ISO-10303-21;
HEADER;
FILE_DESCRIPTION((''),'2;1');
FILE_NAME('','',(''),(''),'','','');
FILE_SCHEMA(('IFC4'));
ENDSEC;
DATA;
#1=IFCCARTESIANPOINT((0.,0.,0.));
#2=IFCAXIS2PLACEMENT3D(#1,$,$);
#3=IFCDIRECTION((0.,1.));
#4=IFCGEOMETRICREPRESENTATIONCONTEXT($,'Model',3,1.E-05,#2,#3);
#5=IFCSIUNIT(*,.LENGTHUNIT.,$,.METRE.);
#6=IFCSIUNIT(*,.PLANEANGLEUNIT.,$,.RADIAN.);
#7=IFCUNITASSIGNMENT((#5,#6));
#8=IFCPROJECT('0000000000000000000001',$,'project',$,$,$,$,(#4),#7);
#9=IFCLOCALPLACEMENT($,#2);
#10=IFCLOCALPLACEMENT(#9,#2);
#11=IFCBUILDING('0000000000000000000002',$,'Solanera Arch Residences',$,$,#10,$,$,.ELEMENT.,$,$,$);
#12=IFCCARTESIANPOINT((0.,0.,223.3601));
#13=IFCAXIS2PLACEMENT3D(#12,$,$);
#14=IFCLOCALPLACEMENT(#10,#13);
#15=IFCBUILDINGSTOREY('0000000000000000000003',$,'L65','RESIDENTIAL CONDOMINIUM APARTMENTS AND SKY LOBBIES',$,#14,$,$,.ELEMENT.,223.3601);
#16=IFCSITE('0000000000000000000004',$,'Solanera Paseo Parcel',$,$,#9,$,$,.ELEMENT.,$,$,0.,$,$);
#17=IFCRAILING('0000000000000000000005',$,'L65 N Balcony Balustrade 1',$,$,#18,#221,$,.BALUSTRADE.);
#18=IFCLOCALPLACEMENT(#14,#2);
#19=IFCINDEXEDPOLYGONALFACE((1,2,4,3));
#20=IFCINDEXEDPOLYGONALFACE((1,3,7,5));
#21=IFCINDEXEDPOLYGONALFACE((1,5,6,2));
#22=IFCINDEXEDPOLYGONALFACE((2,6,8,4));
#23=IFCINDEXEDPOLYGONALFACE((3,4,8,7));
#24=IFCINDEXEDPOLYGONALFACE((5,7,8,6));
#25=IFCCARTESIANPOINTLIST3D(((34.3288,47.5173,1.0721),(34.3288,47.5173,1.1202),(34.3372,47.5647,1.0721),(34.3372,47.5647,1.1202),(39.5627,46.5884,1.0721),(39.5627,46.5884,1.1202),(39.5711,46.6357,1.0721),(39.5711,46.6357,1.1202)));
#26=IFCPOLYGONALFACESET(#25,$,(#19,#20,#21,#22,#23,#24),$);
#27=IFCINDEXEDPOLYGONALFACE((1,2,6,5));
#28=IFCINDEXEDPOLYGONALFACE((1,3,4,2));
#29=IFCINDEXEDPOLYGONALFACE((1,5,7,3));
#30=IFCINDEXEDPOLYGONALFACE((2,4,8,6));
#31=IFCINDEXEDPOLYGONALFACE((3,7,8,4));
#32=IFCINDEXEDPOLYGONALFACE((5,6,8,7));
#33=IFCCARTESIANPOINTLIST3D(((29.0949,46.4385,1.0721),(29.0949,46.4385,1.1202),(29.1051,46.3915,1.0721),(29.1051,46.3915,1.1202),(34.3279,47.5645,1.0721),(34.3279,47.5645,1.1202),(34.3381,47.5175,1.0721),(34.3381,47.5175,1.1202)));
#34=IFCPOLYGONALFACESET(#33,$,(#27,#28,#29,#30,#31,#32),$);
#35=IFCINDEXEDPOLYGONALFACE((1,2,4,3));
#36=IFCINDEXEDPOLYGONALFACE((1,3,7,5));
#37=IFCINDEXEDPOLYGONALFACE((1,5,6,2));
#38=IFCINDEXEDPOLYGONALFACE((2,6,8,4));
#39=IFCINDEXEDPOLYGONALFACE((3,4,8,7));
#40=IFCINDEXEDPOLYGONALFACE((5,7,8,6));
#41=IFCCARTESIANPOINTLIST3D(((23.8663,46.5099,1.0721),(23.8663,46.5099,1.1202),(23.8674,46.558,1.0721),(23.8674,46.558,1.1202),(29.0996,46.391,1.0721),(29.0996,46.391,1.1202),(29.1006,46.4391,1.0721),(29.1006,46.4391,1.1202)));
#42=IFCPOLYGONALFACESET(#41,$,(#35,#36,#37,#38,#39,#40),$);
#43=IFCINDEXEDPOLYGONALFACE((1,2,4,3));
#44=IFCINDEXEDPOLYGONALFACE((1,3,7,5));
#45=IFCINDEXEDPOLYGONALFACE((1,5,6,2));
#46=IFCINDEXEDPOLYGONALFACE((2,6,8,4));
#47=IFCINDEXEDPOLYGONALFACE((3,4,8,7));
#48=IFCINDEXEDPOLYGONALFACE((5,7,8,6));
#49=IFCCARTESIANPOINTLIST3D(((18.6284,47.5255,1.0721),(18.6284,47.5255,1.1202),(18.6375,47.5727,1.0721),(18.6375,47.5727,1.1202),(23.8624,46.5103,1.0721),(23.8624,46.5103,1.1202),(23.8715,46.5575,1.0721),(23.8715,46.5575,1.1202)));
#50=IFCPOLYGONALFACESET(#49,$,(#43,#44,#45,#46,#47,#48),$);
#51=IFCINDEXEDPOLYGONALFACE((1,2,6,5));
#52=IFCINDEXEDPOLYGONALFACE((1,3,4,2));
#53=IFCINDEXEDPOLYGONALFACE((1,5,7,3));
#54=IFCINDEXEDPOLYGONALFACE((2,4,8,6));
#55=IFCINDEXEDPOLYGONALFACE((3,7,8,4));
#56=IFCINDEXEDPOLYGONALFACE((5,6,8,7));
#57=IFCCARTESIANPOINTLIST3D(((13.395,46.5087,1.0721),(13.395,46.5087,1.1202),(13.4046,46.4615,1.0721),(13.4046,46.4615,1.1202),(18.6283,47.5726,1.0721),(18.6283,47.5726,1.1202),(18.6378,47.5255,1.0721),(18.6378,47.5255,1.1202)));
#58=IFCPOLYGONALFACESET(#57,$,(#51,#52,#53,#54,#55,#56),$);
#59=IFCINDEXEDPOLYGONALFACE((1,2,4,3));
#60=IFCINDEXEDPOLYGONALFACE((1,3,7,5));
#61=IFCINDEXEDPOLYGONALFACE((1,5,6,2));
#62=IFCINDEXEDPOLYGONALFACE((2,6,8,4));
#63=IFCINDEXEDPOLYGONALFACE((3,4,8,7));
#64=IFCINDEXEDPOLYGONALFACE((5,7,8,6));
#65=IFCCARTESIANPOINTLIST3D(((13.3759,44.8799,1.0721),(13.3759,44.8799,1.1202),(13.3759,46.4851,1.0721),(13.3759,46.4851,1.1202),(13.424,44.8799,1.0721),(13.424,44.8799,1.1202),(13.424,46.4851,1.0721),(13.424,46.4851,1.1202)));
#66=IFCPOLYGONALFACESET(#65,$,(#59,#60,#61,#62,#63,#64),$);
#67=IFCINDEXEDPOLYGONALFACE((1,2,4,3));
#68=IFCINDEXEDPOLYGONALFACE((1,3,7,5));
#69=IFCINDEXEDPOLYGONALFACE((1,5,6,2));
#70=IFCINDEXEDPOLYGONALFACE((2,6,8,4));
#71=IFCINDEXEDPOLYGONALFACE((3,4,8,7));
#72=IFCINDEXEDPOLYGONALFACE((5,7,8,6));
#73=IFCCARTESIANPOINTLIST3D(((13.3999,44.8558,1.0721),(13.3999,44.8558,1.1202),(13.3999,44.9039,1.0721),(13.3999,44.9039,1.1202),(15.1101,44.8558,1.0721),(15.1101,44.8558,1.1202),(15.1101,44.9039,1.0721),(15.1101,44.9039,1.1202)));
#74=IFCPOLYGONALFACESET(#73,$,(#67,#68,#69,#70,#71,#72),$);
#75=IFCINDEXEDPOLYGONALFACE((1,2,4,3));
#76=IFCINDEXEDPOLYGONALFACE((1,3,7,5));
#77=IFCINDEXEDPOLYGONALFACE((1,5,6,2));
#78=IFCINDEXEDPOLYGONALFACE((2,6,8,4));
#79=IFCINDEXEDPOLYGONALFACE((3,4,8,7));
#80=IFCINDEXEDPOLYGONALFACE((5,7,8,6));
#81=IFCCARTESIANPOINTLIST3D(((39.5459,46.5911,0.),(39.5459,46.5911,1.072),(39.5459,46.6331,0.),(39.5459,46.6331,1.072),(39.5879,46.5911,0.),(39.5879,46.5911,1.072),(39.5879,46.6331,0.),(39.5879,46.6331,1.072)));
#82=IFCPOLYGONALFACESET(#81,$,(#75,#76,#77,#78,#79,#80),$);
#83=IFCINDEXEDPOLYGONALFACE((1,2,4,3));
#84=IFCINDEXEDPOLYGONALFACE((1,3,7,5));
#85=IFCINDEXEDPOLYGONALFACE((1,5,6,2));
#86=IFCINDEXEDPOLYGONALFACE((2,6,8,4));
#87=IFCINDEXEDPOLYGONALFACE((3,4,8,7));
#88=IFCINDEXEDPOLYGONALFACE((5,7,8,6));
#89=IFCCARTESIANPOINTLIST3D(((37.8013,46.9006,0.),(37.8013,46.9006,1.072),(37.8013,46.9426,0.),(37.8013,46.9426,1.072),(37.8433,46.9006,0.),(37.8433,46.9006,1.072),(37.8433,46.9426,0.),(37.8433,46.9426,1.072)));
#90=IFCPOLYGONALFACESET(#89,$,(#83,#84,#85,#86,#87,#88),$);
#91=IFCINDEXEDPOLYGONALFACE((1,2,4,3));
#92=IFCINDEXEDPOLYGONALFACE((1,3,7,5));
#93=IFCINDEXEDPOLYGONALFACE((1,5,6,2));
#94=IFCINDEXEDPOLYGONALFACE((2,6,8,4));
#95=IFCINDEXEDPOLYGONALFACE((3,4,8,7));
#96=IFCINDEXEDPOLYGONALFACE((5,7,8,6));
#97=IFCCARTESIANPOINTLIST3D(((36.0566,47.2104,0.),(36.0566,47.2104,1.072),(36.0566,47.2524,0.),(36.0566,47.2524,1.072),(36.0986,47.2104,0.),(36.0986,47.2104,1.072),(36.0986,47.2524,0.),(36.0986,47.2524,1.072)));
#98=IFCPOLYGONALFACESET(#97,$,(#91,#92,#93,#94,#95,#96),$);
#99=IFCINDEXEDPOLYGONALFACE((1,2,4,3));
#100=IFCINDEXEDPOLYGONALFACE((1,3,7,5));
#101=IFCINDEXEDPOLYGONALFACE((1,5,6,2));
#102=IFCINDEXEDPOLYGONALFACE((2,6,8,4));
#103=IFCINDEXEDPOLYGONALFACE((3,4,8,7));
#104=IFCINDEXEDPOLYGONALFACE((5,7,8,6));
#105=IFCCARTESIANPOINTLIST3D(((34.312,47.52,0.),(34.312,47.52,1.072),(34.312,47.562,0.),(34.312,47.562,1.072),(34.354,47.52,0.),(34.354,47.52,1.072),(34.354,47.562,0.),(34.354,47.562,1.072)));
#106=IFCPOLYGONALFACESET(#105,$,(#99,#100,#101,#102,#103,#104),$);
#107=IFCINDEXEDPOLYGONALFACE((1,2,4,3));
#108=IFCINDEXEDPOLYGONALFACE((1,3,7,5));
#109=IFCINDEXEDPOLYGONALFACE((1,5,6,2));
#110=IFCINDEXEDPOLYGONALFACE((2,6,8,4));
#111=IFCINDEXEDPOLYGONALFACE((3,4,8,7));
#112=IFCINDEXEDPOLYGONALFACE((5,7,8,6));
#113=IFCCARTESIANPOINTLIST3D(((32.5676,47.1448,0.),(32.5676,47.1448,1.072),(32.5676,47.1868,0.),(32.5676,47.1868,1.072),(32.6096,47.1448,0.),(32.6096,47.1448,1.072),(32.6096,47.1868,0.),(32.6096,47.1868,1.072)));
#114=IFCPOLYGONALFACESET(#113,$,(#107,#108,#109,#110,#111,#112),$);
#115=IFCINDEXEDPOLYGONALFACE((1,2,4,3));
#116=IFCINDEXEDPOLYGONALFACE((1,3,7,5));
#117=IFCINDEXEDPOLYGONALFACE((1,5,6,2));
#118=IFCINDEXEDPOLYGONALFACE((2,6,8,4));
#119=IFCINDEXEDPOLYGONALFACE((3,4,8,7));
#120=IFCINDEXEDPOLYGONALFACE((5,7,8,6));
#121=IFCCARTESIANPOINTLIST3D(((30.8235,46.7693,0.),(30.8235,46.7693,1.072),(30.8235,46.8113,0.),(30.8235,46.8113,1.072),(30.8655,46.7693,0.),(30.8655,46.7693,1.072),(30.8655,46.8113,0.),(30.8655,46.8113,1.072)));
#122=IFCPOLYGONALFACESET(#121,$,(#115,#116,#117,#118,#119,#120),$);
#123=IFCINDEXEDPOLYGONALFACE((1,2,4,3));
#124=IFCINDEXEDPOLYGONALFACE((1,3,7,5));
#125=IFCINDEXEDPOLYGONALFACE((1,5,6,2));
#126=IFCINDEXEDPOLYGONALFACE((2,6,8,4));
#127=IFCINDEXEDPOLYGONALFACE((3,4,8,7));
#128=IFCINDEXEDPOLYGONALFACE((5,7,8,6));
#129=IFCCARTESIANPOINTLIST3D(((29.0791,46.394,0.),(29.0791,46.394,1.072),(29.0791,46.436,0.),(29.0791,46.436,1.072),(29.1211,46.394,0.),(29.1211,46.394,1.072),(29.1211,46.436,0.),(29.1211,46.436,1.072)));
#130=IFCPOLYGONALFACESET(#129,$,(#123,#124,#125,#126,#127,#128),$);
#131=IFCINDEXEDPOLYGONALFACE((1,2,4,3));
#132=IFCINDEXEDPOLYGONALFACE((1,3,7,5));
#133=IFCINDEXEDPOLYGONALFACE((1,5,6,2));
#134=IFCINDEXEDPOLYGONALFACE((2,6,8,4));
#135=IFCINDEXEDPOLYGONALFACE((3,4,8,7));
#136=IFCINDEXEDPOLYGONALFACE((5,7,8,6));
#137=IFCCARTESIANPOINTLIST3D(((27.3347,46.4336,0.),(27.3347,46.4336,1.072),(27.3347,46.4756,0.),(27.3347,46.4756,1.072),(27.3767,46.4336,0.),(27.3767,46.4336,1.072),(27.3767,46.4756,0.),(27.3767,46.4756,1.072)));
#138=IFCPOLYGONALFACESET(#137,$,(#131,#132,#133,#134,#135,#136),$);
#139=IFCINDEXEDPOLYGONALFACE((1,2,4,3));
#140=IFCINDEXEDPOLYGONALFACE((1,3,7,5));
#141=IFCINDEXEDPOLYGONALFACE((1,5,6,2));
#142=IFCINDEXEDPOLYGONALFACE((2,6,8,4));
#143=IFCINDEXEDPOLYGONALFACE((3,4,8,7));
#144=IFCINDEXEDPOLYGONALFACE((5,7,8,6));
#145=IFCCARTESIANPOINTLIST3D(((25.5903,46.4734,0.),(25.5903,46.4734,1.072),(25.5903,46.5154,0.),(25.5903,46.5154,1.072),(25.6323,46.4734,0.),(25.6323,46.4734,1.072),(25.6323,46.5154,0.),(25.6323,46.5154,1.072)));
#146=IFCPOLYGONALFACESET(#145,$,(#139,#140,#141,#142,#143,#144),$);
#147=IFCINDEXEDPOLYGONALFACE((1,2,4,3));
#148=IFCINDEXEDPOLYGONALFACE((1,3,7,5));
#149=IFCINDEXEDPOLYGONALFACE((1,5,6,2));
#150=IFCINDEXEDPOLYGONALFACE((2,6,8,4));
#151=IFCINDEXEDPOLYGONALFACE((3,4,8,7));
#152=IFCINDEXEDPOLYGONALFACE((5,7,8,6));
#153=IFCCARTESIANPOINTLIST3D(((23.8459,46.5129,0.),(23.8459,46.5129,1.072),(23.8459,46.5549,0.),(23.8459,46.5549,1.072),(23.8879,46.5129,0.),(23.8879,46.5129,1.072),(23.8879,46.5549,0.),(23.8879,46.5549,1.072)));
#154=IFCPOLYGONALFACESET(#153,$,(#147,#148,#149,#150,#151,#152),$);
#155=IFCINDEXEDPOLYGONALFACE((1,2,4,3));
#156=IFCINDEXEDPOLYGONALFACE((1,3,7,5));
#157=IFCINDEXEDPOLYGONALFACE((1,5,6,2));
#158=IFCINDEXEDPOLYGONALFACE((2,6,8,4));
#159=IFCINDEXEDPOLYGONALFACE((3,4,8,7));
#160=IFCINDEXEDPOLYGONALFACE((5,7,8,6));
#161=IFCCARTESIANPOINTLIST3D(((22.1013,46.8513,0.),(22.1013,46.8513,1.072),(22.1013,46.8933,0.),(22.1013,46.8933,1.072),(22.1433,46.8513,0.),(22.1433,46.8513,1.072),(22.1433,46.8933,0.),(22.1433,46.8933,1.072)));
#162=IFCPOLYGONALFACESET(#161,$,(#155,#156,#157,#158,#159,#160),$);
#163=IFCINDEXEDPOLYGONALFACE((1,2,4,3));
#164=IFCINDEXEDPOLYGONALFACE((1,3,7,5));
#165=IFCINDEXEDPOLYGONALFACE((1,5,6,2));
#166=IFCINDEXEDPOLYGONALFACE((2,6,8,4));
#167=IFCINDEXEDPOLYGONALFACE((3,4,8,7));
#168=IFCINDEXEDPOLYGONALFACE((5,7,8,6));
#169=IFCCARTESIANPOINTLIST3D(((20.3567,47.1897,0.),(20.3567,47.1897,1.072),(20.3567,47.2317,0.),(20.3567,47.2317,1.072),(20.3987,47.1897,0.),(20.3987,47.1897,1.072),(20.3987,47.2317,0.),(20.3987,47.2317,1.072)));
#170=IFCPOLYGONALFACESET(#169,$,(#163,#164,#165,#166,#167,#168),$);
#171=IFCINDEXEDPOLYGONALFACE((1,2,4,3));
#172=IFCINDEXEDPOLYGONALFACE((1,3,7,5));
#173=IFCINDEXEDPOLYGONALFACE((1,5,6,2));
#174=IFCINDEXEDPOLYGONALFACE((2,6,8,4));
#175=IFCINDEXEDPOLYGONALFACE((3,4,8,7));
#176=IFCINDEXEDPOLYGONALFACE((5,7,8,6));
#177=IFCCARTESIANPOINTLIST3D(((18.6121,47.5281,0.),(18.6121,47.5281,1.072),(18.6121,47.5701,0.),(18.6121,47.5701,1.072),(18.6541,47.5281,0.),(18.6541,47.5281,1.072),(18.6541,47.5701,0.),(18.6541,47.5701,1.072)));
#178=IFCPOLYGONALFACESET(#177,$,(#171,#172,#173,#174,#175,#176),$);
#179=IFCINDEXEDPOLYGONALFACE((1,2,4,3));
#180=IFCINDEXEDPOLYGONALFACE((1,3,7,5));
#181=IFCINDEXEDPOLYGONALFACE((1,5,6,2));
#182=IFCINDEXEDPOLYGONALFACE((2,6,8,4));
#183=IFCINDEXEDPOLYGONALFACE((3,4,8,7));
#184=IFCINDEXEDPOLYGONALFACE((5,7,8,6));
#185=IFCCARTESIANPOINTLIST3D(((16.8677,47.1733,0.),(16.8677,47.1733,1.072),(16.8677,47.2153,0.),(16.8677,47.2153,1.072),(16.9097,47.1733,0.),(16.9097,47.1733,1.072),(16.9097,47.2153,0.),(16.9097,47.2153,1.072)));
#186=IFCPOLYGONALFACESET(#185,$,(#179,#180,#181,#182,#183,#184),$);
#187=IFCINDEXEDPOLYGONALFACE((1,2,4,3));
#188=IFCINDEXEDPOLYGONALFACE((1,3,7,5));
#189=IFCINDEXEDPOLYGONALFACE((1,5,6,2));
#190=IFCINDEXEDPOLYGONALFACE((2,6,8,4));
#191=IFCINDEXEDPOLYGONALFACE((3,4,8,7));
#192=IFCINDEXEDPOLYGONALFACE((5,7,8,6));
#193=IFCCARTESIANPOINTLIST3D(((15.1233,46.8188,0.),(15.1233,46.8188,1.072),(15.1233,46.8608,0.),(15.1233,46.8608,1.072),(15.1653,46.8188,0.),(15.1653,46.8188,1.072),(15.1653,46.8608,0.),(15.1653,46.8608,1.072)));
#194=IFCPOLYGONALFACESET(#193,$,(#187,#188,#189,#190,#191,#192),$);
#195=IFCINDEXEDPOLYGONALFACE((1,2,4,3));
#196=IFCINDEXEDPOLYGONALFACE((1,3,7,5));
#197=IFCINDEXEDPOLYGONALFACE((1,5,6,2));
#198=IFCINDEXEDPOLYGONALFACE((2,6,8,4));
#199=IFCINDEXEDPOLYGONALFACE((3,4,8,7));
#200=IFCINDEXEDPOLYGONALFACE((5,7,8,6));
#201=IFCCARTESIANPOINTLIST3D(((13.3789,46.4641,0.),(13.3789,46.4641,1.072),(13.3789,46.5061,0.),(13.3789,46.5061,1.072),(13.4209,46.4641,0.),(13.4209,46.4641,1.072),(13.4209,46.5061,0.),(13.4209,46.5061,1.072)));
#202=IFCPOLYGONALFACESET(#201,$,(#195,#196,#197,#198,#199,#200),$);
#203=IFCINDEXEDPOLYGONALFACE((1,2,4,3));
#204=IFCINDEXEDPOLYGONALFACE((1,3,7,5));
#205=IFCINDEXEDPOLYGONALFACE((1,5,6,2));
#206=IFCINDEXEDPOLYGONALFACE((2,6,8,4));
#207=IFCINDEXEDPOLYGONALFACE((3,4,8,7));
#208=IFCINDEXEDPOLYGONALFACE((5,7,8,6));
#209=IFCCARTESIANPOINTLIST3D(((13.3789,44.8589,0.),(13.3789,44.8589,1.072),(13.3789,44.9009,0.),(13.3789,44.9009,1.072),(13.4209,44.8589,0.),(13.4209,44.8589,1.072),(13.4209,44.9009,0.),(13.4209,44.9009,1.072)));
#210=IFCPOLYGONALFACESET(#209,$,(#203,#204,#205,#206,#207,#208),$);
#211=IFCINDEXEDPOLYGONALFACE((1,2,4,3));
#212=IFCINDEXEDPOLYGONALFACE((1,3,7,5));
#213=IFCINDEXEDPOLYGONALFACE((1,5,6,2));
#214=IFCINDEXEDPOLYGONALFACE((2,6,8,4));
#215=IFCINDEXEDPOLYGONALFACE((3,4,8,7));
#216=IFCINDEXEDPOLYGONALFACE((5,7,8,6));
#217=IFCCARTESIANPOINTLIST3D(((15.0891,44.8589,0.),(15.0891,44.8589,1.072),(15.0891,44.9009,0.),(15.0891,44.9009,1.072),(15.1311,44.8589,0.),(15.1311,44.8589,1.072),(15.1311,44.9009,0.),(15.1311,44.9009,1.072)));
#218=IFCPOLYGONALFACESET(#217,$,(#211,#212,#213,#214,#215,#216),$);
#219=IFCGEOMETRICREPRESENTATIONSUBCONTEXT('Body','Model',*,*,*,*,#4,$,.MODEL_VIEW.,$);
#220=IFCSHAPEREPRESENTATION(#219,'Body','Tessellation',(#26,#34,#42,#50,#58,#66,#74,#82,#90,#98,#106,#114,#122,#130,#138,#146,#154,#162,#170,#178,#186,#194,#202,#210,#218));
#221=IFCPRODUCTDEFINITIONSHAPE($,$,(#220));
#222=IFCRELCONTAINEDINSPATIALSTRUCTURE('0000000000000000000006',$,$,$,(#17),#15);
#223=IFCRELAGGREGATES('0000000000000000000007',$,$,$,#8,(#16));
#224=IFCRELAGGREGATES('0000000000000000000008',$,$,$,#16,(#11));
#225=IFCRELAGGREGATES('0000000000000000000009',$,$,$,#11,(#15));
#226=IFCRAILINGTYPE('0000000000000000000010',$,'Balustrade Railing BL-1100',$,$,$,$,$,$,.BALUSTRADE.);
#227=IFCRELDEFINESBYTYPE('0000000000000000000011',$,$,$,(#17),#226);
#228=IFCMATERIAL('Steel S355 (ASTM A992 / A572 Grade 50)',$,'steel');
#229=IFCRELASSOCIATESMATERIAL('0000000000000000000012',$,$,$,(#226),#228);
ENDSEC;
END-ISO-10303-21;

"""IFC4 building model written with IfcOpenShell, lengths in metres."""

from ifc_helpers import new_model, si_unit, direction, frame, origin, origin_2d, place, context, subcontext, project, spatial, rectangle, extrude, material, type_object, element, save


model = new_model("IFC4")

# Units and contexts
model_context = context("Model", 3, precision=1e-05, world=origin(), true_north=direction((0.0, 1.0)))
body_context = subcontext(model_context, "Body", "Model", "MODEL_VIEW")
ifc_project = project(units=[si_unit("LENGTHUNIT", "METRE"), si_unit("PLANEANGLEUNIT", "RADIAN")], contexts=[model_context])

# Site, building, storey
site_placement = place(None, origin())
site = spatial("IfcSite", under=ifc_project, at=site_placement, Name="Solanera Paseo Parcel", CompositionType="ELEMENT", RefElevation=0.0)
building_placement = place(site_placement, origin())
building = spatial("IfcBuilding", under=site, at=building_placement, Name="Solanera Arch Residences", CompositionType="ELEMENT")
storey_placement = place(building_placement, frame((0.0, 0.0, 223.3601)))
storey = spatial("IfcBuildingStorey", under=building, at=storey_placement, Name="L65", Description="RESIDENTIAL CONDOMINIUM APARTMENTS AND SKY LOBBIES", CompositionType="ELEMENT", Elevation=223.3601)

# Railing
ifc_material_1 = material(Name="Steel S355 (ASTM A992 / A572 Grade 50)", Category="steel")
railing_type = type_object("IfcRailingType", Name="Balustrade Railing BL-1100", PredefinedType="BALUSTRADE", material=ifc_material_1)
railing_placement = place(storey_placement, frame((39.5669, 46.6121, 0.0)))
element("IfcRailing", 1, at=railing_placement, inside=storey, type_object=railing_type, Name="L65 N Balcony Balustrade 1", PredefinedType="BALUSTRADE", context=body_context, shape_type="SweptSolid", body=[
    extrude(rectangle(XDim=0.0481, YDim=0.0481, at=origin_2d()), frame((0.0, 0.0, 1.0962), z_axis=(-0.984612, 0.174757, 0.0), x_axis=(-0.174757, -0.984612, 0.0)), (0.0, 0.0, 1.0), 5.3157),
    extrude(rectangle(XDim=0.0481, YDim=0.0481, at=origin_2d()), frame((-5.2339, 0.929, 1.0962), z_axis=(-0.977625, -0.210358, 0.0), x_axis=(0.210358, -0.977625, 0.0)), (0.0, 0.0, 1.0), 5.3528),
    extrude(rectangle(XDim=0.0481, YDim=0.0481, at=origin_2d()), frame((-10.4668, -0.197, 1.0962), z_axis=(-0.999742, 0.022714, 0.0), x_axis=(-0.022714, -0.999742, 0.0)), (0.0, 0.0, 1.0), 5.2346),
    extrude(rectangle(XDim=0.0481, YDim=0.0481, at=origin_2d()), frame((-15.7, -0.0781, 1.0962), z_axis=(-0.981705, 0.190406, 0.0), x_axis=(-0.190406, -0.981705, 0.0)), (0.0, 0.0, 1.0), 5.3315),
    extrude(rectangle(XDim=0.0481, YDim=0.0481, at=origin_2d()), frame((-20.9338, 0.937, 1.0962), z_axis=(-0.979951, -0.199236, 0.0), x_axis=(0.199236, -0.979951, 0.0)), (0.0, 0.0, 1.0), 5.3403),
    extrude(rectangle(XDim=0.0481, YDim=0.0481, at=origin_2d()), frame((-26.167, -0.127, 1.0962), z_axis=(0.0, -1.0, 0.0), x_axis=(1.0, 0.0, 0.0)), (0.0, 0.0, 1.0), 1.6052),
    extrude(rectangle(XDim=0.0481, YDim=0.0481, at=origin_2d()), frame((-26.167, -1.7322, 1.0962), z_axis=(1.0, 0.0, 0.0), x_axis=(0.0, 1.0, 0.0)), (0.0, 0.0, 1.0), 1.7102),
    extrude(rectangle(XDim=0.042, YDim=0.042, at=origin_2d()), origin(), (0.0, 0.0, 1.0), 1.072),
    extrude(rectangle(XDim=0.042, YDim=0.042, at=origin_2d()), frame((-1.7446, 0.3096, 0.0)), (0.0, 0.0, 1.0), 1.072),
    extrude(rectangle(XDim=0.042, YDim=0.042, at=origin_2d()), frame((-3.4893, 0.6194, 0.0)), (0.0, 0.0, 1.0), 1.072),
    extrude(rectangle(XDim=0.042, YDim=0.042, at=origin_2d()), frame((-5.2339, 0.929, 0.0)), (0.0, 0.0, 1.0), 1.072),
    extrude(rectangle(XDim=0.042, YDim=0.042, at=origin_2d()), frame((-6.9783, 0.5537, 0.0)), (0.0, 0.0, 1.0), 1.072),
    extrude(rectangle(XDim=0.042, YDim=0.042, at=origin_2d()), frame((-8.7224, 0.1782, 0.0)), (0.0, 0.0, 1.0), 1.072),
    extrude(rectangle(XDim=0.042, YDim=0.042, at=origin_2d()), frame((-10.4668, -0.197, 0.0)), (0.0, 0.0, 1.0), 1.072),
    extrude(rectangle(XDim=0.042, YDim=0.042, at=origin_2d()), frame((-12.2112, -0.1575, 0.0)), (0.0, 0.0, 1.0), 1.072),
    extrude(rectangle(XDim=0.042, YDim=0.042, at=origin_2d()), frame((-13.9556, -0.1177, 0.0)), (0.0, 0.0, 1.0), 1.072),
    extrude(rectangle(XDim=0.042, YDim=0.042, at=origin_2d()), frame((-15.7, -0.0781, 0.0)), (0.0, 0.0, 1.0), 1.072),
    extrude(rectangle(XDim=0.042, YDim=0.042, at=origin_2d()), frame((-17.4446, 0.2603, 0.0)), (0.0, 0.0, 1.0), 1.072),
    extrude(rectangle(XDim=0.042, YDim=0.042, at=origin_2d()), frame((-19.1892, 0.5986, 0.0)), (0.0, 0.0, 1.0), 1.072),
    extrude(rectangle(XDim=0.042, YDim=0.042, at=origin_2d()), frame((-20.9338, 0.937, 0.0)), (0.0, 0.0, 1.0), 1.072),
    extrude(rectangle(XDim=0.042, YDim=0.042, at=origin_2d()), frame((-22.6782, 0.5823, 0.0)), (0.0, 0.0, 1.0), 1.072),
    extrude(rectangle(XDim=0.042, YDim=0.042, at=origin_2d()), frame((-24.4226, 0.2278, 0.0)), (0.0, 0.0, 1.0), 1.072),
    extrude(rectangle(XDim=0.042, YDim=0.042, at=origin_2d()), frame((-26.167, -0.127, 0.0)), (0.0, 0.0, 1.0), 1.072),
    extrude(rectangle(XDim=0.042, YDim=0.042, at=origin_2d()), frame((-26.167, -1.7322, 0.0)), (0.0, 0.0, 1.0), 1.072),
    extrude(rectangle(XDim=0.042, YDim=0.042, at=origin_2d()), frame((-24.4568, -1.7322, 0.0)), (0.0, 0.0, 1.0), 1.072),
])

save(model, "model.ifc")
